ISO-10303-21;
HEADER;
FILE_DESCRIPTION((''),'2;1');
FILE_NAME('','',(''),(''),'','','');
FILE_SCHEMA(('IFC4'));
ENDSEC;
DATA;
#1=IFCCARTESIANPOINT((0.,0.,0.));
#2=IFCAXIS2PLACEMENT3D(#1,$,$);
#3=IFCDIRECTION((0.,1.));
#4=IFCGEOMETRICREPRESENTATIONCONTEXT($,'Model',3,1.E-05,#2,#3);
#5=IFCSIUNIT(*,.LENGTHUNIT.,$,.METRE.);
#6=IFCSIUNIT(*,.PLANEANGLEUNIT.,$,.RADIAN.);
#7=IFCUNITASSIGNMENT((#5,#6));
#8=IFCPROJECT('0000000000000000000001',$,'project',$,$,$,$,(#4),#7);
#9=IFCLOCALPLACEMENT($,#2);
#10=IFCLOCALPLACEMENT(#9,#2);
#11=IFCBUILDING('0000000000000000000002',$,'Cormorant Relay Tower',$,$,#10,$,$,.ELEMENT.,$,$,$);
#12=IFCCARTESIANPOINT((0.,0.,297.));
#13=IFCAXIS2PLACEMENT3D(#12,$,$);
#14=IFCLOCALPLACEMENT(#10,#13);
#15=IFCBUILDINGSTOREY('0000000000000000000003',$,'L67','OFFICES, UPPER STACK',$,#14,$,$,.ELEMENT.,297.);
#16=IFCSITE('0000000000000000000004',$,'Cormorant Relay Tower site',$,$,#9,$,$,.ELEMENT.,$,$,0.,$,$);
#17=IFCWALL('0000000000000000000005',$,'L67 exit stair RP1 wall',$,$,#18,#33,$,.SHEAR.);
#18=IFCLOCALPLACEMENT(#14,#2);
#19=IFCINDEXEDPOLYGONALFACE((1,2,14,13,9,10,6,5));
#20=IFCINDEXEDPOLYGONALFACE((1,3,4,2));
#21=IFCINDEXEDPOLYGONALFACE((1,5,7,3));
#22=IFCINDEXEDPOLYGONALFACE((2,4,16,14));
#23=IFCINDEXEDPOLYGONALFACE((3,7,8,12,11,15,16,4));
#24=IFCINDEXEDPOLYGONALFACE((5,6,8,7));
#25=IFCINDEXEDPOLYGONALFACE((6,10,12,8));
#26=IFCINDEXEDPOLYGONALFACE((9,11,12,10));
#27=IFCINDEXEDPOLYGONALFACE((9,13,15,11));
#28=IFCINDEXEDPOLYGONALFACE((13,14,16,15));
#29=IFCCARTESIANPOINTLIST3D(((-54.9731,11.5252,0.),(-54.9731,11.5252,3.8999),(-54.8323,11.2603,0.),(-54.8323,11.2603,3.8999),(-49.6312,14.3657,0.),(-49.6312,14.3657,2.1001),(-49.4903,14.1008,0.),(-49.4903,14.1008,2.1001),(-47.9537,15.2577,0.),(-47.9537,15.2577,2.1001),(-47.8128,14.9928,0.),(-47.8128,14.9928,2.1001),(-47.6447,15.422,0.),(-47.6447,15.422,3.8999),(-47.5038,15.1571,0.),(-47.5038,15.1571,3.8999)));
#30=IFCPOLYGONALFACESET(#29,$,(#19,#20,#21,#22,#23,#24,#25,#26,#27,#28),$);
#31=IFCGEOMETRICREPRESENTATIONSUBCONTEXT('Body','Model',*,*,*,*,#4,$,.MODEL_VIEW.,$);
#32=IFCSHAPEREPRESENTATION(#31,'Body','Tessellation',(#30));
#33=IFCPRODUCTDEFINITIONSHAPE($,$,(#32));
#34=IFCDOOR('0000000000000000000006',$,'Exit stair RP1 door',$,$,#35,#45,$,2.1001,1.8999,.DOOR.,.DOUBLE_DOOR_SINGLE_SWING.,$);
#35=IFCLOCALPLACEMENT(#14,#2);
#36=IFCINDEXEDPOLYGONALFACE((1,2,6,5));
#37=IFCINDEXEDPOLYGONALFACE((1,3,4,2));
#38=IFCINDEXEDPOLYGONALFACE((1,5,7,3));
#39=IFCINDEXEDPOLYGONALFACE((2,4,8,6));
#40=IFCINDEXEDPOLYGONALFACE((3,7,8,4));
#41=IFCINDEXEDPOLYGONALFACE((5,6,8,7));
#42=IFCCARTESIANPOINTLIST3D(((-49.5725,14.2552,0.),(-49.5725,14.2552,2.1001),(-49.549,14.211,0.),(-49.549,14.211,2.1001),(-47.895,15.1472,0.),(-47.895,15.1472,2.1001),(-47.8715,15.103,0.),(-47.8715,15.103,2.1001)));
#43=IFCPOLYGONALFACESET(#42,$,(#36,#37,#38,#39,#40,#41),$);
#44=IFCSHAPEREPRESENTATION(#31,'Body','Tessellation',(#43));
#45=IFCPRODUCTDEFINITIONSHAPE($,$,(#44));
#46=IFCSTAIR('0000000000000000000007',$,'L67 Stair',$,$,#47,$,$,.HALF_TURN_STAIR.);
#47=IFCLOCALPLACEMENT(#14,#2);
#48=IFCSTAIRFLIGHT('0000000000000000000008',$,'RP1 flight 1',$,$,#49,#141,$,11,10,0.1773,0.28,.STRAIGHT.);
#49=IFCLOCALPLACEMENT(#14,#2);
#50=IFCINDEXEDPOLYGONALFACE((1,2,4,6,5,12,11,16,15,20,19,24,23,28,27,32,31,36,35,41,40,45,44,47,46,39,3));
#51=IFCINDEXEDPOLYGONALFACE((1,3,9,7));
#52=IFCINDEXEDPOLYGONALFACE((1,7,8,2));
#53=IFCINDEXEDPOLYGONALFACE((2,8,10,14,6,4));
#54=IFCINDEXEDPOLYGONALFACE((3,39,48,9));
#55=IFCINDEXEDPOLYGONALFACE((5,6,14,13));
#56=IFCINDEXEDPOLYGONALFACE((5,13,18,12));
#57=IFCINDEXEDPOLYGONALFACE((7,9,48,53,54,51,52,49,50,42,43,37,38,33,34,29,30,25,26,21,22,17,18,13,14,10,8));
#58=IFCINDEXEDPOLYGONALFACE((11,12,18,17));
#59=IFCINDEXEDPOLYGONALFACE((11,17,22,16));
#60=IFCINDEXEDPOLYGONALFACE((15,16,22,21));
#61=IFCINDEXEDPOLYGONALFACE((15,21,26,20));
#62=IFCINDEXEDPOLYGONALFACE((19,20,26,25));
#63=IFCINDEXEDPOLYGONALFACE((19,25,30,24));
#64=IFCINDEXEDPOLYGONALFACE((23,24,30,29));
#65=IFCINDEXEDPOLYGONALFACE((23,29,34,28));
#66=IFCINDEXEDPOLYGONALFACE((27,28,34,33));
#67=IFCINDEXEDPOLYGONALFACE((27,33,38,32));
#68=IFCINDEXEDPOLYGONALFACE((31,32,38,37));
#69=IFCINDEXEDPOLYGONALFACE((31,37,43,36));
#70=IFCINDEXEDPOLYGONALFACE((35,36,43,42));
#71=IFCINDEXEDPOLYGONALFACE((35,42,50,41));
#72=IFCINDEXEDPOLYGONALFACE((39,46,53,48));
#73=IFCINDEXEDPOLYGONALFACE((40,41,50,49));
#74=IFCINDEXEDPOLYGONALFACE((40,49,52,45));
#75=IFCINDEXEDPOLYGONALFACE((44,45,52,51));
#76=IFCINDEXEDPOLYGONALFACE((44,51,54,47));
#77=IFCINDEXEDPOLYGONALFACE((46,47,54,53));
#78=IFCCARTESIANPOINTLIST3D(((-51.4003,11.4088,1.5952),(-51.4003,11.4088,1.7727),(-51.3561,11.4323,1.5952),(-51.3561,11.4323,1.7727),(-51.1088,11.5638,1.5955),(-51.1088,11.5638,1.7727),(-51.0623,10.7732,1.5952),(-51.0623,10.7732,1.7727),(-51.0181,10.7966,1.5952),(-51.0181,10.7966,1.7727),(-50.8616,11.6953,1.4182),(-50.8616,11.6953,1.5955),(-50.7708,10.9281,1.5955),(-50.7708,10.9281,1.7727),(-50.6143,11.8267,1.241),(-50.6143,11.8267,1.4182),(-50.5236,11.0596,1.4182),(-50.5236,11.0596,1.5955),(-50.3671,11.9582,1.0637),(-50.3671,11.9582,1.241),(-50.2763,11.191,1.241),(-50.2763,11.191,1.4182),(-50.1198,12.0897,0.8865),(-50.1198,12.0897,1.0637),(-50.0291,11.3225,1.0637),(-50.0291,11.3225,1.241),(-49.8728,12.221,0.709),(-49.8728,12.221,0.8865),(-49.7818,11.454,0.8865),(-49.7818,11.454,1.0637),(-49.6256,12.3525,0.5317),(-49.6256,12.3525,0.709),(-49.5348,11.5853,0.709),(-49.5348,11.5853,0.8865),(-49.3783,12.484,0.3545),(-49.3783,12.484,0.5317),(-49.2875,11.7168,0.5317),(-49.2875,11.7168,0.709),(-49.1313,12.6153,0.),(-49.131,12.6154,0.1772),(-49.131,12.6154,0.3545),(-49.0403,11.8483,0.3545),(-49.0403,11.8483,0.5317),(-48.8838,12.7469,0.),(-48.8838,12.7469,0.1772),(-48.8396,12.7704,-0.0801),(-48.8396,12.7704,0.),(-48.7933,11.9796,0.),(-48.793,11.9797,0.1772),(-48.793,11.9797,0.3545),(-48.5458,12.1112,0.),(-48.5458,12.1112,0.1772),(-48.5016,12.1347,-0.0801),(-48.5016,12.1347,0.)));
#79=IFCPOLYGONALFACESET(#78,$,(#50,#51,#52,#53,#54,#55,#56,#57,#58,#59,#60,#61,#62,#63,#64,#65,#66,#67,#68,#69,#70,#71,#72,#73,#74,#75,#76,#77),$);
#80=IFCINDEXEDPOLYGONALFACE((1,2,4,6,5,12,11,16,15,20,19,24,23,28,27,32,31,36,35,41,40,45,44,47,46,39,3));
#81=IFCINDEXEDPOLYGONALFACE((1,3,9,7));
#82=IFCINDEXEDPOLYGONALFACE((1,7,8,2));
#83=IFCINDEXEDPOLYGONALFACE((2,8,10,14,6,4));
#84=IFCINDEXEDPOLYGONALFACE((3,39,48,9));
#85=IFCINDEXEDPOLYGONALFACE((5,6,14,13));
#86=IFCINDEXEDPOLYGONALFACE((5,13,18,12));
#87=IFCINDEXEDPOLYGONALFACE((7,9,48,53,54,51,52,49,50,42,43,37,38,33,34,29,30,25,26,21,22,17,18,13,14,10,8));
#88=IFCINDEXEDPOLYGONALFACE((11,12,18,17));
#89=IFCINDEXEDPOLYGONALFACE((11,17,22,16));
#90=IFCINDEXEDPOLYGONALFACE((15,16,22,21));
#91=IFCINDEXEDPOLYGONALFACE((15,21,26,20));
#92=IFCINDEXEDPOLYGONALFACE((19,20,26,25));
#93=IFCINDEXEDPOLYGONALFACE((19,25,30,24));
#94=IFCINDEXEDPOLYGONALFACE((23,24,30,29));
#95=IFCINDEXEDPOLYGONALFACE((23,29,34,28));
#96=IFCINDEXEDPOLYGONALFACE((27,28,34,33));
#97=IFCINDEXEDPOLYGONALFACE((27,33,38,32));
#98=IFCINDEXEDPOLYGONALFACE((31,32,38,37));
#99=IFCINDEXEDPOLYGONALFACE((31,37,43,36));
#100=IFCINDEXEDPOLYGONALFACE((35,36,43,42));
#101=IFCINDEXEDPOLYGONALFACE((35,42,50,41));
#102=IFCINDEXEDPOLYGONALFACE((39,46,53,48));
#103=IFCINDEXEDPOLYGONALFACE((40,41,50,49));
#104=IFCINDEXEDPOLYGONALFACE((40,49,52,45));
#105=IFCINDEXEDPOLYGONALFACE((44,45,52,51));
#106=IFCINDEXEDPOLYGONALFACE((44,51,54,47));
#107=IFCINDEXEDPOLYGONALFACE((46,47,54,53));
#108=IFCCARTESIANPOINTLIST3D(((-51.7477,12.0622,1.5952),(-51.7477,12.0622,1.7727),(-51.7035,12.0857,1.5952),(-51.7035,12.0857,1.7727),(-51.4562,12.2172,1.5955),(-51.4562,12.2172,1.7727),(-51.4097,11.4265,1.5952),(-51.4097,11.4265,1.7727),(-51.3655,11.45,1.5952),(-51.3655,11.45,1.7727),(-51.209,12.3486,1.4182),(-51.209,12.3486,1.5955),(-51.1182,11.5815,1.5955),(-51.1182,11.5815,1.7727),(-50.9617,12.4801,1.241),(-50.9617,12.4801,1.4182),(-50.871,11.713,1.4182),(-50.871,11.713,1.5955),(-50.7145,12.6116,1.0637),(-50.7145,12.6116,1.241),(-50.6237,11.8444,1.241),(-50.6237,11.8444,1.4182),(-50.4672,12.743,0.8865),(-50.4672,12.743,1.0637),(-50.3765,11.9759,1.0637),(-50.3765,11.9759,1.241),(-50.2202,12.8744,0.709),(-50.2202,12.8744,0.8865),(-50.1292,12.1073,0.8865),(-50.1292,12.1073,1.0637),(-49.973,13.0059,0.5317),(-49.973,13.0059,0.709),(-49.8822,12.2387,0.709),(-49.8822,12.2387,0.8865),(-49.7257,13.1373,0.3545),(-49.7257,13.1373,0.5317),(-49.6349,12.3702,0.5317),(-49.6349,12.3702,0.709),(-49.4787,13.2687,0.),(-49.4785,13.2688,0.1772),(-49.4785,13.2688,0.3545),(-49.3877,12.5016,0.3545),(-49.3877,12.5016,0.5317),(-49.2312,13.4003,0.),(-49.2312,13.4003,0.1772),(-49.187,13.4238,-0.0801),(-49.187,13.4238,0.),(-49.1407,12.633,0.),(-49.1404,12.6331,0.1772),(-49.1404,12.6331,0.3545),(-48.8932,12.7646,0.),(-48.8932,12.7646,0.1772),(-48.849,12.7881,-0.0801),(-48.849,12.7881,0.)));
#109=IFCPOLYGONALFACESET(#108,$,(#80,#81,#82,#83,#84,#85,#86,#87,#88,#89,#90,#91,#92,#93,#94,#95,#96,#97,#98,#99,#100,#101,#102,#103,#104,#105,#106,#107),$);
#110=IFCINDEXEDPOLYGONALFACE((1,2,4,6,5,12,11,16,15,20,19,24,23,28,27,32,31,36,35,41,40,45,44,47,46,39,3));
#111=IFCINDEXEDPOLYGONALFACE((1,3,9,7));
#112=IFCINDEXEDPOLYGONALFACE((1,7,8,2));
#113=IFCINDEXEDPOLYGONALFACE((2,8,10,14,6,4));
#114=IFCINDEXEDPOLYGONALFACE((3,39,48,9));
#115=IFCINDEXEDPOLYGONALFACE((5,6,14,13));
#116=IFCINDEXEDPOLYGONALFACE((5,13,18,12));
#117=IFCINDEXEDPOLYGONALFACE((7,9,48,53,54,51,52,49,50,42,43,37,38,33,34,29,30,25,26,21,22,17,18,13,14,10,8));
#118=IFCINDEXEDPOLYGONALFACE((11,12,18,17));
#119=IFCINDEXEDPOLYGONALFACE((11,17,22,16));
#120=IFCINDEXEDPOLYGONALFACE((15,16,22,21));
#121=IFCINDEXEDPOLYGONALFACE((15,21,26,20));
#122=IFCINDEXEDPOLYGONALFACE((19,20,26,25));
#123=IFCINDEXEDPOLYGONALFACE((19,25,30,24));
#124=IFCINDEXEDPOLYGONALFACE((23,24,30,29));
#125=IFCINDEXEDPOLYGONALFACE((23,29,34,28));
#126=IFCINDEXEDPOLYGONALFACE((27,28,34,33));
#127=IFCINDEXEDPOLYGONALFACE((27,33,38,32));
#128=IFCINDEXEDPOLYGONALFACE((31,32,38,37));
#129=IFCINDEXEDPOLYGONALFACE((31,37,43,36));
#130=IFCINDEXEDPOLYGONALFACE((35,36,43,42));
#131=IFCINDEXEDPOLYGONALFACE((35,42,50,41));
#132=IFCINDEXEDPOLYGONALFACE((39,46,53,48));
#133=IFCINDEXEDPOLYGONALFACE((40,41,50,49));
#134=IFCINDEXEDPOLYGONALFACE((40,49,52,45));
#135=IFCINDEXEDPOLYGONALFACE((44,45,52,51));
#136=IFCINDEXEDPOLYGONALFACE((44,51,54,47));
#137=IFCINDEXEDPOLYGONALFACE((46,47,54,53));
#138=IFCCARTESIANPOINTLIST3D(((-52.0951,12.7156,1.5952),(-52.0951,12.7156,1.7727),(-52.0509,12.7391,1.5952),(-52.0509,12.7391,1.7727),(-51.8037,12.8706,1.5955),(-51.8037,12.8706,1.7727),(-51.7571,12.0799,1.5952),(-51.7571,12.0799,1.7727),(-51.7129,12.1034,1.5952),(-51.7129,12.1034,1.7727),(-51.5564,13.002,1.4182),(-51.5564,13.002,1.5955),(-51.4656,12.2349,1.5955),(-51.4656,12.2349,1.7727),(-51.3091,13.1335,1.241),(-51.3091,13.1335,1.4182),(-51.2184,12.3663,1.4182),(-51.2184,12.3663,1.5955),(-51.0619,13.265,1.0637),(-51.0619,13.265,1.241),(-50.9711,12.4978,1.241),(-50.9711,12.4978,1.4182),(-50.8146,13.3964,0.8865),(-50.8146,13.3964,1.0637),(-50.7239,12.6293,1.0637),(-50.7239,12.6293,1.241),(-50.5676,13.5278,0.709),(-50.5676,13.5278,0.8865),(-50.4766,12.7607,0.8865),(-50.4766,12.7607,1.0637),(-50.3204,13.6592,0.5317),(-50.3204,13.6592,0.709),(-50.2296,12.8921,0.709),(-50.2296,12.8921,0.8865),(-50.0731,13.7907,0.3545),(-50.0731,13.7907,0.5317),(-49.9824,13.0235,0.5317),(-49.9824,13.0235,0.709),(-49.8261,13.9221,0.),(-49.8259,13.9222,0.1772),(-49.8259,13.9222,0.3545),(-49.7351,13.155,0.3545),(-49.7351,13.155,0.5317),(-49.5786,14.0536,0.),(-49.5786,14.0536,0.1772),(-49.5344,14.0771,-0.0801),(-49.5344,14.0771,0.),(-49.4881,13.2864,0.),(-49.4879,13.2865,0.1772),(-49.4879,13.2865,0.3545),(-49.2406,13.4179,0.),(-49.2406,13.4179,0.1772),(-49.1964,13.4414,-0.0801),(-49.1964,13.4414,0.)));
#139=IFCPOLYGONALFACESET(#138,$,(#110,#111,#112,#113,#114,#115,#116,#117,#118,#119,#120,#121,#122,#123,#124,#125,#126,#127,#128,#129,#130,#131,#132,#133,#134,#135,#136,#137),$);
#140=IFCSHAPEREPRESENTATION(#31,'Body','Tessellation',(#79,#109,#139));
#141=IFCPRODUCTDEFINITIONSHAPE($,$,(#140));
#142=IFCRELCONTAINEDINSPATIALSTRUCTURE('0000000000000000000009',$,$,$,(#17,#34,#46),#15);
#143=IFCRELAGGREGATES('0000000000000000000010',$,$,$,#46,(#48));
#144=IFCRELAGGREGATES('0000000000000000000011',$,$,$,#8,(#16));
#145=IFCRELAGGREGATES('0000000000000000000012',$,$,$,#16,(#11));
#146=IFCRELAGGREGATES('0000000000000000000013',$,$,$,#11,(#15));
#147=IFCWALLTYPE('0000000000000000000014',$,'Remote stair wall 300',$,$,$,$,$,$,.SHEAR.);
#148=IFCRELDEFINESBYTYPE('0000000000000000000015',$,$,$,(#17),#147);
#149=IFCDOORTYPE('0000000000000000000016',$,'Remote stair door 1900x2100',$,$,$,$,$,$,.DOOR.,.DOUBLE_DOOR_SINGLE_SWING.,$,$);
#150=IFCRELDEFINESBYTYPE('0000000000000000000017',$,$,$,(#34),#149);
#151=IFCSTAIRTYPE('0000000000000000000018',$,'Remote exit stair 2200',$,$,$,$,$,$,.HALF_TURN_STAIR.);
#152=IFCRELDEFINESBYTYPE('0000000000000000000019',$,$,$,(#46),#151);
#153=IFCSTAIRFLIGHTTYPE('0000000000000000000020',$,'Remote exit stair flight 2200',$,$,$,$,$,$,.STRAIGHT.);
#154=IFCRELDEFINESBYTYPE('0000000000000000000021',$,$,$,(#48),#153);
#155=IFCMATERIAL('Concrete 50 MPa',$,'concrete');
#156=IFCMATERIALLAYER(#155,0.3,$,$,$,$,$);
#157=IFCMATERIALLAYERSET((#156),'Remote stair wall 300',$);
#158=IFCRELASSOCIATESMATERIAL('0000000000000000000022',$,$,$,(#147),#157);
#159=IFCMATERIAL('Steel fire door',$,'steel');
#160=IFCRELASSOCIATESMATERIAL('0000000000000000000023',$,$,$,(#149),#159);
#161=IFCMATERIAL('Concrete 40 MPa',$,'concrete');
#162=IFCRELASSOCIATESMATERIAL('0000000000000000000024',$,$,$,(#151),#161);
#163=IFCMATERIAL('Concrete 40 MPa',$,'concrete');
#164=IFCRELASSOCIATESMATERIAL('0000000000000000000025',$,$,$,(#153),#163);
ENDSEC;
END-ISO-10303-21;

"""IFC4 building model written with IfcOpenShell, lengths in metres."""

from ifc_helpers import new_model, si_unit, direction, frame, frame_2d, origin, place, context, subcontext, project, spatial, polyline, rectangle, outline, extrude, material, layer, layer_set, type_object, element, fill, aggregate, save


model = new_model("IFC4")

# Units and contexts
model_context = context("Model", 3, precision=1e-05, world=origin(), true_north=direction((0.0, 1.0)))
body_context = subcontext(model_context, "Body", "Model", "MODEL_VIEW")
ifc_project = project(units=[si_unit("LENGTHUNIT", "METRE"), si_unit("PLANEANGLEUNIT", "RADIAN")], contexts=[model_context])

# Site, building, storey
site_placement = place(None, origin())
site = spatial("IfcSite", under=ifc_project, at=site_placement, Name="Cormorant Relay Tower site", CompositionType="ELEMENT", RefElevation=0.0)
building_placement = place(site_placement, origin())
building = spatial("IfcBuilding", under=site, at=building_placement, Name="Cormorant Relay Tower", CompositionType="ELEMENT")
storey_placement = place(building_placement, frame((0.0, 0.0, 297.0)))
storey = spatial("IfcBuildingStorey", under=building, at=storey_placement, Name="L67", Description="OFFICES, UPPER STACK", CompositionType="ELEMENT", Elevation=297.0)

# Shared definitions
ifc_material_1 = material(Name="Concrete 50 MPa", Category="concrete")
ifc_layer_1 = layer(ifc_material_1, 0.3)
ifc_layer_set_1 = layer_set([ifc_layer_1], Name="Remote stair wall 300")
wall_type_1 = type_object("IfcWallType", Name="Remote stair wall 300", PredefinedType="SHEAR", material=ifc_layer_set_1)

# Wall, opening, door
wall_1_placement = place(storey_placement, frame((-54.9026, 11.3928, 0.0), z_axis=(0.0, 0.0, 1.0), x_axis=(0.882939, 0.469487, 0.0)))
wall_1 = element("IfcWall", 1, at=wall_1_placement, inside=storey, type_object=wall_type_1, Name="L67 exit stair RP1 wall", PredefinedType="SHEAR", context=body_context, shape_type="SweptSolid", body=[
    extrude(rectangle(XDim=8.3, YDim=0.3, at=frame_2d((4.1499, 0.0))), origin(), (0.0, 0.0, 1.0), 3.8999),
])
opening_1_placement = place(wall_1_placement, frame((6.05, 0.0, 0.0)))
opening_1 = element("IfcOpeningElement", 2, at=opening_1_placement, cuts=wall_1, PredefinedType="OPENING", context=body_context, shape_type="SweptSolid", body=[
    extrude(rectangle(XDim=1.8999, YDim=2.1001, at=frame_2d((0.95, 1.05))), frame((0.0, 0.1599, 0.0), z_axis=(0.0, -1.0, 0.0), x_axis=(1.0, 0.0, 0.0)), (0.0, 0.0, 1.0), 0.3201),
])
ifc_material_2 = material(Name="Steel fire door", Category="steel")
door_type_1 = type_object("IfcDoorType", Name="Remote stair door 1900x2100", OperationType="DOUBLE_DOOR_SINGLE_SWING", PredefinedType="DOOR", material=ifc_material_2)
door_1_placement = place(opening_1_placement, origin())
door_1 = element("IfcDoor", 3, at=door_1_placement, inside=storey, type_object=door_type_1, Name="Exit stair RP1 door", OperationType="DOUBLE_DOOR_SINGLE_SWING", OverallHeight=2.1001, OverallWidth=1.8999, PredefinedType="DOOR", context=body_context, shape_type="SweptSolid", body=[
    extrude(rectangle(XDim=1.8999, YDim=2.1001, at=frame_2d((0.95, 1.05))), frame((0.0, 0.0249, 0.0), z_axis=(0.0, -1.0, 0.0), x_axis=(1.0, 0.0, 0.0)), (0.0, 0.0, 1.0), 0.05),
])
fill(opening_1, door_1)

# Stair, stair flight
ifc_material_3 = material(Name="Concrete 40 MPa", Category="concrete")
stair_type = type_object("IfcStairType", Name="Remote exit stair 2200", PredefinedType="HALF_TURN_STAIR", material=ifc_material_3)
stair_placement = place(storey_placement, origin())
stair = element("IfcStair", 4, at=stair_placement, inside=storey, type_object=stair_type, Name="L67 Stair", PredefinedType="HALF_TURN_STAIR")
ifc_material_4 = material(Name="Concrete 40 MPa", Category="concrete")
stair_flight_type = type_object("IfcStairFlightType", Name="Remote exit stair flight 2200", PredefinedType="STRAIGHT", material=ifc_material_4)
stair_flight_1_placement = place(storey_placement, frame((-49.0623, 13.0825, 0.0), z_axis=(0.0, 0.0, 1.0), x_axis=(-0.882948, -0.469472, 0.0)))
stair_flight_1 = element("IfcStairFlight", 5, at=stair_flight_1_placement, type_object=stair_flight_type, Name="RP1 flight 1", NumberOfRisers=11, NumberOfTreads=10, PredefinedType="STRAIGHT", RiserHeight=0.1773, TreadLength=0.28, context=body_context, shape_type="SweptSolid", body=[
    extrude(outline(polyline([(-0.05, -0.0801), (-0.05, 0.0), (0.0, 0.0), (0.0, 0.1772), (0.28, 0.1772), (0.28, 0.3545), (0.5601, 0.3545), (0.5601, 0.5317), (0.8401, 0.5317), (0.8401, 0.709), (1.1201, 0.709), (1.1201, 0.8865), (1.3999, 0.8865), (1.3999, 1.0637), (1.6799, 1.0637), (1.6799, 1.241), (1.96, 1.241), (1.96, 1.4182), (2.24, 1.4182), (2.24, 1.5955), (2.52, 1.5955), (2.52, 1.7727), (2.8, 1.7727), (2.8501, 1.7727), (2.8501, 1.5952), (2.8, 1.5952), (0.2803, 0.0), (-0.05, -0.0801)])), frame((0.0, 1.1001, 0.0), z_axis=(0.0, -1.0, 0.0), x_axis=(1.0, 0.0, 0.0)), (0.0, 0.0, 1.0), 0.72),
    extrude(outline(polyline([(-0.05, -0.0801), (-0.05, 0.0), (0.0, 0.0), (0.0, 0.1772), (0.28, 0.1772), (0.28, 0.3545), (0.5601, 0.3545), (0.5601, 0.5317), (0.8401, 0.5317), (0.8401, 0.709), (1.1201, 0.709), (1.1201, 0.8865), (1.3999, 0.8865), (1.3999, 1.0637), (1.6799, 1.0637), (1.6799, 1.241), (1.96, 1.241), (1.96, 1.4182), (2.24, 1.4182), (2.24, 1.5955), (2.52, 1.5955), (2.52, 1.7727), (2.8, 1.7727), (2.8501, 1.7727), (2.8501, 1.5952), (2.8, 1.5952), (0.2803, 0.0), (-0.05, -0.0801)])), frame((0.0, 0.3601, 0.0), z_axis=(0.0, -1.0, 0.0), x_axis=(1.0, 0.0, 0.0)), (0.0, 0.0, 1.0), 0.72),
    extrude(outline(polyline([(-0.05, -0.0801), (-0.05, 0.0), (0.0, 0.0), (0.0, 0.1772), (0.28, 0.1772), (0.28, 0.3545), (0.5601, 0.3545), (0.5601, 0.5317), (0.8401, 0.5317), (0.8401, 0.709), (1.1201, 0.709), (1.1201, 0.8865), (1.3999, 0.8865), (1.3999, 1.0637), (1.6799, 1.0637), (1.6799, 1.241), (1.96, 1.241), (1.96, 1.4182), (2.24, 1.4182), (2.24, 1.5955), (2.52, 1.5955), (2.52, 1.7727), (2.8, 1.7727), (2.8501, 1.7727), (2.8501, 1.5952), (2.8, 1.5952), (0.2803, 0.0), (-0.05, -0.0801)])), frame((0.0, -0.3799, 0.0), z_axis=(0.0, -1.0, 0.0), x_axis=(1.0, 0.0, 0.0)), (0.0, 0.0, 1.0), 0.72),
])
aggregate(stair, [stair_flight_1])

save(model, "model.ifc")
